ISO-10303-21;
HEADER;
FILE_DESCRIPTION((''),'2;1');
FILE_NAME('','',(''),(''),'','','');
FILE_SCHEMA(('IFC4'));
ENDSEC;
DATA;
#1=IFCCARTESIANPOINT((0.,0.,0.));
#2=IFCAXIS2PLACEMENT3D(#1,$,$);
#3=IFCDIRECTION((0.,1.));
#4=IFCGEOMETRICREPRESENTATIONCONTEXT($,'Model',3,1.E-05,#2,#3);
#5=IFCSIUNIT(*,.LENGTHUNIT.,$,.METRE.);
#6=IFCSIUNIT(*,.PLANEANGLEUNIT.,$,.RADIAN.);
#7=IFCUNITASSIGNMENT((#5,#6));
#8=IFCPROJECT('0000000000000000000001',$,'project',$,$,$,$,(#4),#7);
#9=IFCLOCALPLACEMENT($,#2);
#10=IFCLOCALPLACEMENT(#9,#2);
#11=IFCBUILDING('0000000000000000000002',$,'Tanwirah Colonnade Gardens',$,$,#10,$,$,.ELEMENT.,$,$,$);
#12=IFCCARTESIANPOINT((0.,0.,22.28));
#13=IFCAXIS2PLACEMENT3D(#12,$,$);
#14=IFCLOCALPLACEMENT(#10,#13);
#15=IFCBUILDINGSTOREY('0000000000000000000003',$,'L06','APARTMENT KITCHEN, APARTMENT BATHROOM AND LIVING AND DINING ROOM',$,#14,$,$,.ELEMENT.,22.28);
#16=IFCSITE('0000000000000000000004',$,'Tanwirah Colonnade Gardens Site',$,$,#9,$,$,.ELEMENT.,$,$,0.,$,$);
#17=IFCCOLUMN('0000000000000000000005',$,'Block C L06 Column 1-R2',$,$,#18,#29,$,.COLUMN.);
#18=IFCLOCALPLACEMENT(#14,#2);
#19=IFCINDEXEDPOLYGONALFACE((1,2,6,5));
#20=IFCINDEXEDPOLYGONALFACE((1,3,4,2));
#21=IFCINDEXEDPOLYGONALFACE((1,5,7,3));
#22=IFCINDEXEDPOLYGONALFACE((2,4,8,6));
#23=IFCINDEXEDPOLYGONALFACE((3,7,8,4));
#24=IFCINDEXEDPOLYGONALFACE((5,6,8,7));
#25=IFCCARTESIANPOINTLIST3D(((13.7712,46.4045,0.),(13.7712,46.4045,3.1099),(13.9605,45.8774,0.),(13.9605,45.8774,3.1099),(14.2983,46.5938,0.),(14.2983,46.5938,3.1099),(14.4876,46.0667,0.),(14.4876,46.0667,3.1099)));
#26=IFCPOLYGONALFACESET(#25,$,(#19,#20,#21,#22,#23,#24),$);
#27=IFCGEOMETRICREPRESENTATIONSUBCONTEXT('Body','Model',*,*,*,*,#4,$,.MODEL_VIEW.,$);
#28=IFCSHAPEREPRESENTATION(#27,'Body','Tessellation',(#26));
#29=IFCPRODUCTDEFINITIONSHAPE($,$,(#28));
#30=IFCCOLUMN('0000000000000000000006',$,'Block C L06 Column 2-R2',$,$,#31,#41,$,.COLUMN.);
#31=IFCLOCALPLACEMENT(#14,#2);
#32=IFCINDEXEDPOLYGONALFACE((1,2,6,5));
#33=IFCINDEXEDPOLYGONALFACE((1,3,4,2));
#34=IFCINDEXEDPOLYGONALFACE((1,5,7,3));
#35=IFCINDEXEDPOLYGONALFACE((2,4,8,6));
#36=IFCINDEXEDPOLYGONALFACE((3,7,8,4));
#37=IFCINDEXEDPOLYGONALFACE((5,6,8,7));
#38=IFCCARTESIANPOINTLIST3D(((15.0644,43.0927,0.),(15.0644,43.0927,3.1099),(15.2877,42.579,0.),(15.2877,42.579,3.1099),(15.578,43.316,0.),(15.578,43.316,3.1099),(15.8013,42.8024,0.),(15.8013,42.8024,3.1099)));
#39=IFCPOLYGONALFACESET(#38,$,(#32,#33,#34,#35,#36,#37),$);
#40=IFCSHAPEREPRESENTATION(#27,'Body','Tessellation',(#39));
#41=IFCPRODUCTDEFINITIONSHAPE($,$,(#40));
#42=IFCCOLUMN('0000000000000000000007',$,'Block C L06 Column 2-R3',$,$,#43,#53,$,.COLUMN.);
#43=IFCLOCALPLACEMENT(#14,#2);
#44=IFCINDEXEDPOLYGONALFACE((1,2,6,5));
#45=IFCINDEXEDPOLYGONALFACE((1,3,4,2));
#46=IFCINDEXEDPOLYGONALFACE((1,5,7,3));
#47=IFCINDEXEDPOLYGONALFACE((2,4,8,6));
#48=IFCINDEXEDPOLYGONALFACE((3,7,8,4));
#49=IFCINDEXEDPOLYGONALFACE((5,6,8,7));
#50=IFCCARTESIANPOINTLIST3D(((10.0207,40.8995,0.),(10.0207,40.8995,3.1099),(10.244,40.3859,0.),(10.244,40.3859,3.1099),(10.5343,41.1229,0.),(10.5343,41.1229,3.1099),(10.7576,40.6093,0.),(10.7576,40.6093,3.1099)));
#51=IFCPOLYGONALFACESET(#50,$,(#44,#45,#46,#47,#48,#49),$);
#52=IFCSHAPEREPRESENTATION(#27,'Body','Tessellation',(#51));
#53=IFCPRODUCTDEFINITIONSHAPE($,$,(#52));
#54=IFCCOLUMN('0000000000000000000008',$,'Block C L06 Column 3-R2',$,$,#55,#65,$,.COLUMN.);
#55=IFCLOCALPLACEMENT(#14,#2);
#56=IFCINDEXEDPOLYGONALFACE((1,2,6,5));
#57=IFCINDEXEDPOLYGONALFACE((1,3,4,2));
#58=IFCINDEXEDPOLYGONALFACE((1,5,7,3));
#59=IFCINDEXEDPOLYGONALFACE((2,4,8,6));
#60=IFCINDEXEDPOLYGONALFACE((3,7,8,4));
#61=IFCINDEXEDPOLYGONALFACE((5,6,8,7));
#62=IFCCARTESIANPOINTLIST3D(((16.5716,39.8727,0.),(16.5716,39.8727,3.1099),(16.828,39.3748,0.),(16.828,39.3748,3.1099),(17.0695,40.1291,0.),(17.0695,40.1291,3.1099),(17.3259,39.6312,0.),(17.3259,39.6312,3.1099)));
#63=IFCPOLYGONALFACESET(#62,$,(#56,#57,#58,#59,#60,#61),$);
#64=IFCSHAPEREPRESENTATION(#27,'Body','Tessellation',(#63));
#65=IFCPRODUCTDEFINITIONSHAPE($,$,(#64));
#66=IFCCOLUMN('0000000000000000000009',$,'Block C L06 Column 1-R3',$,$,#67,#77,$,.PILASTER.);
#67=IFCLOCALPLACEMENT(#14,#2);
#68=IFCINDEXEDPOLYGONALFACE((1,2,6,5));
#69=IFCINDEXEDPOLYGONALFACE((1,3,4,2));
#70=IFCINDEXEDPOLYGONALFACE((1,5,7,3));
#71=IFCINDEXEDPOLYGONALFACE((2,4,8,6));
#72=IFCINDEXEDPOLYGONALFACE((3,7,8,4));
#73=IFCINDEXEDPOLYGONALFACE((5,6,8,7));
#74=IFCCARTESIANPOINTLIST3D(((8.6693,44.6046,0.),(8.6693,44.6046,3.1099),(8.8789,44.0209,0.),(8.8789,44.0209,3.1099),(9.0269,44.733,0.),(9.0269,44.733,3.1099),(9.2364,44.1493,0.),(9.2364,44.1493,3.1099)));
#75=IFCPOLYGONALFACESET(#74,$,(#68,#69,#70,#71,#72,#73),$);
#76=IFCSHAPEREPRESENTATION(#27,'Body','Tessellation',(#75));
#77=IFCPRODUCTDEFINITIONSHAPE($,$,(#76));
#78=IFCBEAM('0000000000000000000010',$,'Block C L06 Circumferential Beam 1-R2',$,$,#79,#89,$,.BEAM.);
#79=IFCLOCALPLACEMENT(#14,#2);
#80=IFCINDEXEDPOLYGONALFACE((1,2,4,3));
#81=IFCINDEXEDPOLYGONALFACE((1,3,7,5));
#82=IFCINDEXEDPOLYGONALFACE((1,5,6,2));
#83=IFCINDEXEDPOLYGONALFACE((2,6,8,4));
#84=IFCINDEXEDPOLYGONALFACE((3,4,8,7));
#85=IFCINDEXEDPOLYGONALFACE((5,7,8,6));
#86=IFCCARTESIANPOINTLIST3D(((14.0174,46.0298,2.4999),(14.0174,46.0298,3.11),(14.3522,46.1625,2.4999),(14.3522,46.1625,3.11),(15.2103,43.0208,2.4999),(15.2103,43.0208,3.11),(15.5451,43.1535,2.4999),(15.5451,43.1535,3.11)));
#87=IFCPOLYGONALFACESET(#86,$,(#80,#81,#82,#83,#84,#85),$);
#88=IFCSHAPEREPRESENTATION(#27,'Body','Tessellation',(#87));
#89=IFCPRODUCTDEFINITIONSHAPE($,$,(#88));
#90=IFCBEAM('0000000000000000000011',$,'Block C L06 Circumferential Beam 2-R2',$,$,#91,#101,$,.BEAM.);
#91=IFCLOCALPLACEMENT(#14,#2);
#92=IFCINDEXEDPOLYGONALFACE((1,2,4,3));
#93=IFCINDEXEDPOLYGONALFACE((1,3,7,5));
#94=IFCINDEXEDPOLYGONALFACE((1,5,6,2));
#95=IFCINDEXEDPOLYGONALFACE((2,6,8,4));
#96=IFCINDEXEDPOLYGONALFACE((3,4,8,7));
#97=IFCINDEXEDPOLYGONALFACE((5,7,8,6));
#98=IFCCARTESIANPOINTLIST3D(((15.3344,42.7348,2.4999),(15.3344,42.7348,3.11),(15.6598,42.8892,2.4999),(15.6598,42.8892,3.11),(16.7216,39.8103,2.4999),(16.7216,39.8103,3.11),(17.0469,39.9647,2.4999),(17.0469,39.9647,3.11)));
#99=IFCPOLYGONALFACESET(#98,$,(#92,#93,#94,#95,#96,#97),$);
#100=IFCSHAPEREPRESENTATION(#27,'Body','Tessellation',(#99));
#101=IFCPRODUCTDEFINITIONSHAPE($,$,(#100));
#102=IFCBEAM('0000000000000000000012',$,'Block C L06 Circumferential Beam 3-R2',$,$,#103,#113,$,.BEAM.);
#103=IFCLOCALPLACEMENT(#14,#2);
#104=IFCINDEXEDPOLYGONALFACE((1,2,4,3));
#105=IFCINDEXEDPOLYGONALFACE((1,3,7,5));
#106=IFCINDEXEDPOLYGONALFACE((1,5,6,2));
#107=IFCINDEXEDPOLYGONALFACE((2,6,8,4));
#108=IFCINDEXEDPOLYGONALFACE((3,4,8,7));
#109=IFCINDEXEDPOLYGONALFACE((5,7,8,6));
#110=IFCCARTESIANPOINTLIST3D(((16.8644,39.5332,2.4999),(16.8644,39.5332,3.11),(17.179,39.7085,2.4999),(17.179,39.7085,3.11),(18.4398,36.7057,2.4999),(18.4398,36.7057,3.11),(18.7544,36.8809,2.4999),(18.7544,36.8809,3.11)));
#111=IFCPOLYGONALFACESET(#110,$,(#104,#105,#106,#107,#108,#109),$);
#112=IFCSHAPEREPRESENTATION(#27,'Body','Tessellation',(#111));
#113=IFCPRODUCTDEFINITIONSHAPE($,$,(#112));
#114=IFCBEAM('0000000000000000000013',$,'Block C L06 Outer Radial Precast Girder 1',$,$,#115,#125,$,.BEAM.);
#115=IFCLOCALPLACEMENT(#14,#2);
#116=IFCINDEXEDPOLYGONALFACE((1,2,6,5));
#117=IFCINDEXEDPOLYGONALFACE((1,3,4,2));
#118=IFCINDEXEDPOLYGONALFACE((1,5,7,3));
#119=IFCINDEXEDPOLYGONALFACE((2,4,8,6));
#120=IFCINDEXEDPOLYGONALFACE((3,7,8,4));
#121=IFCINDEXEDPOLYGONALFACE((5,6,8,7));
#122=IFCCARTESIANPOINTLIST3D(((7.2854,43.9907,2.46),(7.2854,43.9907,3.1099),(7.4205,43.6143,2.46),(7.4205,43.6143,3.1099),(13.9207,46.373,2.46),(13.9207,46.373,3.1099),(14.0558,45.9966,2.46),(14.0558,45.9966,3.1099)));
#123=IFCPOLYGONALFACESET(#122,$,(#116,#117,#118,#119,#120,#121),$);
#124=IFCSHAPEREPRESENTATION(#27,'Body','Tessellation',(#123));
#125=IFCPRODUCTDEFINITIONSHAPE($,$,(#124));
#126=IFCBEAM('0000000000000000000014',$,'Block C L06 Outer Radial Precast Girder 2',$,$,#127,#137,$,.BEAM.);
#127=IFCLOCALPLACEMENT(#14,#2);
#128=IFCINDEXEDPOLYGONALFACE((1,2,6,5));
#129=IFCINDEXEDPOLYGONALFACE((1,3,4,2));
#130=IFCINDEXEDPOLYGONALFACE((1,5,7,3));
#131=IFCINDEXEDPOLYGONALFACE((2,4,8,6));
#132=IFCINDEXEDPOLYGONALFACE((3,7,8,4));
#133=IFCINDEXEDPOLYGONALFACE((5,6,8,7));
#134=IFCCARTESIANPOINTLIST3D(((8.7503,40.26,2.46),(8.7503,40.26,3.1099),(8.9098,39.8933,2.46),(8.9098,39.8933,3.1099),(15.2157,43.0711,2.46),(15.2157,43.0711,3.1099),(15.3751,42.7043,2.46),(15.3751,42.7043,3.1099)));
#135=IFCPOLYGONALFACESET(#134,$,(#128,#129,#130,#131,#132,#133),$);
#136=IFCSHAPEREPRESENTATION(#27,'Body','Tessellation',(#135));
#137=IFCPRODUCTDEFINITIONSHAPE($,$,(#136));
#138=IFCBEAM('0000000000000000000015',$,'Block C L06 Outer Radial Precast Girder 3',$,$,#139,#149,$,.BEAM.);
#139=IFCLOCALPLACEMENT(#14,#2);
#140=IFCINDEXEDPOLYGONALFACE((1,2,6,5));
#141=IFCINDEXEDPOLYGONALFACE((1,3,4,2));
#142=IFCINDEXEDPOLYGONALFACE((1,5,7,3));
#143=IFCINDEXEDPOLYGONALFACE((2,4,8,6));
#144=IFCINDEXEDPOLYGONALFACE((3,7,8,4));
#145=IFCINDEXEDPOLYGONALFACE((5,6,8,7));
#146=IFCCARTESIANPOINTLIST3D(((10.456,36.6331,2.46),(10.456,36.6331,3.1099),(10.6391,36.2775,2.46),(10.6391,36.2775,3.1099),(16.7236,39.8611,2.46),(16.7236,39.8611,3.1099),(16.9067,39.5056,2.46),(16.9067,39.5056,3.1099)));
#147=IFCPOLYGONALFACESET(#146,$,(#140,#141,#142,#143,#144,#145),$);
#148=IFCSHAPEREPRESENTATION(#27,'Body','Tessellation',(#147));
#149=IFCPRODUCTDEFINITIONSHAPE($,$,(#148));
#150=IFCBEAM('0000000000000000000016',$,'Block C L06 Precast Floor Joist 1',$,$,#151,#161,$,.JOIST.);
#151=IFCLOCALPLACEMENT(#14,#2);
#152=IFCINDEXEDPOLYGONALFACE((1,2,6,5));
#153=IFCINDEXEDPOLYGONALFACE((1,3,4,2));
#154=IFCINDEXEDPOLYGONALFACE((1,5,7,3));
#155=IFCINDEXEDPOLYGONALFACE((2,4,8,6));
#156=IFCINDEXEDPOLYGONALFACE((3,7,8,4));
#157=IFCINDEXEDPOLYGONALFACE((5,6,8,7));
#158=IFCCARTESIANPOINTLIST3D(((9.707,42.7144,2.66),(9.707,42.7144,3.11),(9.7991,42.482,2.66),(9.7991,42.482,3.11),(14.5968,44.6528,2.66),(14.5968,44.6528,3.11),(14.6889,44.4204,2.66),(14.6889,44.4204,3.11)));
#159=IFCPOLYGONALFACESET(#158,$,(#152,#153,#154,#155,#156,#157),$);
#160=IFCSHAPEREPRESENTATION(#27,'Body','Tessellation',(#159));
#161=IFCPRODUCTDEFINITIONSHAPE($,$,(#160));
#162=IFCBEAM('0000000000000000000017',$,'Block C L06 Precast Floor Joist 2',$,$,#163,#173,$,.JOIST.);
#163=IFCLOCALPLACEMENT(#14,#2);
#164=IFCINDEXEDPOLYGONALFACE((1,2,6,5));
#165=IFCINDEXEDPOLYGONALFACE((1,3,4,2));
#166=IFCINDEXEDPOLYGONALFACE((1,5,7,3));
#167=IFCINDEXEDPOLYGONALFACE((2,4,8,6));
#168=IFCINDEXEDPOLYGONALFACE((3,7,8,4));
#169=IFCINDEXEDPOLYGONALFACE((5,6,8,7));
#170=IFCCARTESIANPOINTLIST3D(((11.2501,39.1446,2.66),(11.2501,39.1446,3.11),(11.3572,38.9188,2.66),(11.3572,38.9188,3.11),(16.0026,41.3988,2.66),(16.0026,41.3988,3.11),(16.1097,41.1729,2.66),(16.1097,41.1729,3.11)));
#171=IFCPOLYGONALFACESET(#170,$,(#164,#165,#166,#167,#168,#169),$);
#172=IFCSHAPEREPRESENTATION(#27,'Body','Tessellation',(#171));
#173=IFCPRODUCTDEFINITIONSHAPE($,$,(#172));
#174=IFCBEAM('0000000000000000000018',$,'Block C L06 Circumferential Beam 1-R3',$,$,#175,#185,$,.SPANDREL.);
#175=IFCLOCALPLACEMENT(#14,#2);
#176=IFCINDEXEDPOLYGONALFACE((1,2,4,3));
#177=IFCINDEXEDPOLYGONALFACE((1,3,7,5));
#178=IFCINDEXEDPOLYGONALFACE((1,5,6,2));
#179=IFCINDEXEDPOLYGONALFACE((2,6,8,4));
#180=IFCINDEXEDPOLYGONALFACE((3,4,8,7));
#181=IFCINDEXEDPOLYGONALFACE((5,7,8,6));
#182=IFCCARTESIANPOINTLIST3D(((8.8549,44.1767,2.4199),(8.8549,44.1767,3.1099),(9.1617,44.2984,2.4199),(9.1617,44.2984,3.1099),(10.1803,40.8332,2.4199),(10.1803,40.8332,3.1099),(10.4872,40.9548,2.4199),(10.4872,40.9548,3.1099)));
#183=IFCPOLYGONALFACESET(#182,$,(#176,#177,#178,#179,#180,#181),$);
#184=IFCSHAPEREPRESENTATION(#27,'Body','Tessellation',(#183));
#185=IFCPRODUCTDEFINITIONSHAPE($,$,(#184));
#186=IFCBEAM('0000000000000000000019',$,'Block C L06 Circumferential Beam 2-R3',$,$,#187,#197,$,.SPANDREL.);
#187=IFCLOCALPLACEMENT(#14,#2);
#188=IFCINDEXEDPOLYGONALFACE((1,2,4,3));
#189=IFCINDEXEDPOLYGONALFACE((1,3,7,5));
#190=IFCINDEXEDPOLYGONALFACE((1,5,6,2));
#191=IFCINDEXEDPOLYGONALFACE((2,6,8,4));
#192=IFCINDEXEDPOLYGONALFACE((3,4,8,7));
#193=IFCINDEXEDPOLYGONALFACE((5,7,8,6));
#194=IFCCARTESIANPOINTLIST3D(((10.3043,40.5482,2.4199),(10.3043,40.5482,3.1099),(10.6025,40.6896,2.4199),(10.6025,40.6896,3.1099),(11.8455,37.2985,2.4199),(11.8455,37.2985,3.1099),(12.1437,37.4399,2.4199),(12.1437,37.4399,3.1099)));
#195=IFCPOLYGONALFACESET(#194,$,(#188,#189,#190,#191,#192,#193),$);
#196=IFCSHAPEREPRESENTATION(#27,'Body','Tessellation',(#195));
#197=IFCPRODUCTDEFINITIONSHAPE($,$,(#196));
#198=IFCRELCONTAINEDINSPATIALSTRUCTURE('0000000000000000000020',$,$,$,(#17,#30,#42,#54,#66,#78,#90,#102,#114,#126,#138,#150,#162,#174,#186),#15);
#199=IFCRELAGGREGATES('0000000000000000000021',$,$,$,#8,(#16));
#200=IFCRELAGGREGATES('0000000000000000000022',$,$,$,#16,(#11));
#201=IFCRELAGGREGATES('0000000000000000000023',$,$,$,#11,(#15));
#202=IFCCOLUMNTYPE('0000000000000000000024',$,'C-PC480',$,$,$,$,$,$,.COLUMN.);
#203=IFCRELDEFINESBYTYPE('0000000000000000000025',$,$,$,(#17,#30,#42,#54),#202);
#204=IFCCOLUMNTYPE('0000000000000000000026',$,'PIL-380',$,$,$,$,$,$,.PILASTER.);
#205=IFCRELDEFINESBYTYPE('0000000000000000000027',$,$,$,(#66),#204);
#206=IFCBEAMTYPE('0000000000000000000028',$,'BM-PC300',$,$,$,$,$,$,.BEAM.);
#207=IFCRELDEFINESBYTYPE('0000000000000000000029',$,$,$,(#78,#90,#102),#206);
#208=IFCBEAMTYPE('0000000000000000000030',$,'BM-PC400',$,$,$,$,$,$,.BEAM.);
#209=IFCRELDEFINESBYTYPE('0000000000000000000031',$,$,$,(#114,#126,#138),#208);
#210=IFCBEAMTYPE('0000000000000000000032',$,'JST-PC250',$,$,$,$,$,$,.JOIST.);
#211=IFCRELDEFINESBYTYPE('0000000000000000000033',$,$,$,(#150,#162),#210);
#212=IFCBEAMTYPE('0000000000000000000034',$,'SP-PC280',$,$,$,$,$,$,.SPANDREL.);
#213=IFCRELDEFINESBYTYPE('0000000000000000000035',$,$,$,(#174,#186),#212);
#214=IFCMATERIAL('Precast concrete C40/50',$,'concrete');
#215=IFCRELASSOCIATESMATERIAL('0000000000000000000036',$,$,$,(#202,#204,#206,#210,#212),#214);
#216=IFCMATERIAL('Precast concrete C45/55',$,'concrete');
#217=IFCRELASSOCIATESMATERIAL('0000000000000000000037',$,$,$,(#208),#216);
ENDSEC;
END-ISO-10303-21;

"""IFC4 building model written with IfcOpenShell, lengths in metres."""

from ifc_helpers import new_model, si_unit, direction, frame, origin, origin_2d, place, context, subcontext, project, spatial, rectangle, extrude, material, material_profile, profile_set, type_object, element, save


model = new_model("IFC4")

# Units and contexts
model_context = context("Model", 3, precision=1e-05, world=origin(), true_north=direction((0.0, 1.0)))
body_context = subcontext(model_context, "Body", "Model", "MODEL_VIEW")
ifc_project = project(units=[si_unit("LENGTHUNIT", "METRE"), si_unit("PLANEANGLEUNIT", "RADIAN")], contexts=[model_context])

# Site, building, storey
site_placement = place(None, origin())
site = spatial("IfcSite", under=ifc_project, at=site_placement, Name="Tanwirah Colonnade Gardens Site", CompositionType="ELEMENT", RefElevation=0.0)
building_placement = place(site_placement, origin())
building = spatial("IfcBuilding", under=site, at=building_placement, Name="Tanwirah Colonnade Gardens", CompositionType="ELEMENT")
storey_placement = place(building_placement, frame((0.0, 0.0, 22.28)))
storey = spatial("IfcBuildingStorey", under=building, at=storey_placement, Name="L06", Description="APARTMENT KITCHEN, APARTMENT BATHROOM AND LIVING AND DINING ROOM", CompositionType="ELEMENT", Elevation=22.28)

# Columns
ifc_material_1 = material(Name="Precast concrete C40/50", Category="concrete")
ifc_material_profile_1 = material_profile(ifc_material_1, rectangle(XDim=0.5601, YDim=0.5601, at=origin_2d()), Name="PC-COL 560x560")
ifc_profile_set_1 = profile_set([ifc_material_profile_1], Name="Precast concrete C40/50")
column_type_1 = type_object("IfcColumnType", Name="C-PC480", PredefinedType="COLUMN", material=ifc_profile_set_1)
for number, where, z_axis, x_axis, name in (
    (1, (14.1294, 46.2356, 0.0), (0.0, 0.0, 1.0), (-0.941176, -0.337917, 0.0), "Block C L06 Column 1-R2"),
    (2, (15.4329, 42.9475, 0.0), (0.0, 0.0, 1.0), (-0.91706, -0.398749, 0.0), "Block C L06 Column 2-R2"),
    (3, (10.3892, 40.7544, 0.0), (0.0, 0.0, 1.0), (-0.91706, -0.398749, 0.0), "Block C L06 Column 2-R3"),
    (4, (16.9487, 39.752, 0.0), (0.0, 0.0, 1.0), (-0.889017, -0.457874, 0.0), "Block C L06 Column 3-R2"),
):
    element("IfcColumn", number, at=place(storey_placement, frame(where, z_axis=z_axis, x_axis=x_axis)), inside=storey, type_object=column_type_1, Name=name, PredefinedType="COLUMN", context=body_context, shape_type="SweptSolid", body=[
        extrude(rectangle(XDim=0.5601, YDim=0.5601, at=origin_2d()), origin(), (0.0, 0.0, 1.0), 3.1099),
    ])
ifc_material_profile_2 = material_profile(ifc_material_1, rectangle(XDim=0.3799, YDim=0.6201, at=origin_2d()), Name="PC-PIL 380x620")
ifc_profile_set_2 = profile_set([ifc_material_profile_2], Name="Precast concrete C40/50")
column_type_2 = type_object("IfcColumnType", Name="PIL-380", PredefinedType="PILASTER", material=ifc_profile_set_2)
column_placement = place(storey_placement, frame((8.9529, 44.377, 0.0), z_axis=(0.0, 0.0, 1.0), x_axis=(-0.941176, -0.337917, 0.0)))
element("IfcColumn", 5, at=column_placement, inside=storey, type_object=column_type_2, Name="Block C L06 Column 1-R3", PredefinedType="PILASTER", context=body_context, shape_type="SweptSolid", body=[
    extrude(rectangle(XDim=0.3799, YDim=0.6201, at=origin_2d()), origin(), (0.0, 0.0, 1.0), 3.1099),
])

# Beams
ifc_material_profile_3 = material_profile(ifc_material_1, rectangle(XDim=0.3601, YDim=0.6101, at=origin_2d()), Name="PC-BM 360x610")
ifc_profile_set_3 = profile_set([ifc_material_profile_3], Name="Precast concrete C40/50")
beam_type_1 = type_object("IfcBeamType", Name="BM-PC300", PredefinedType="BEAM", material=ifc_profile_set_3)
for number, where, z_axis, x_axis, name in (
    (6, (14.1848, 46.0962, 2.8049), (0.368528, -0.929617, 0.0), (0.929617, 0.368528, 0.0), "Block C L06 Circumferential Beam 1-R2"),
    (7, (15.4971, 42.812, 2.8049), (0.428563, -0.903512, 0.0), (0.903512, 0.428563, 0.0), "Block C L06 Circumferential Beam 2-R2"),
    (8, (17.0217, 39.6208, 2.8049), (0.486712, -0.873562, 0.0), (0.873562, 0.486712, 0.0), "Block C L06 Circumferential Beam 3-R2"),
):
    element("IfcBeam", number, at=place(storey_placement, frame(where, z_axis=z_axis, x_axis=x_axis)), inside=storey, type_object=beam_type_1, Name=name, PredefinedType="BEAM", context=body_context, shape_type="SweptSolid", body=[
        extrude(rectangle(XDim=0.3601, YDim=0.6101, at=origin_2d()), origin(), (0.0, 0.0, 1.0), 3.2368),
    ])
ifc_material_2 = material(Name="Precast concrete C45/55", Category="concrete")
ifc_material_profile_4 = material_profile(ifc_material_2, rectangle(XDim=0.3999, YDim=0.6499, at=origin_2d()), Name="PC-BM 400x650")
ifc_profile_set_4 = profile_set([ifc_material_profile_4], Name="Precast concrete C45/55")
beam_type_2 = type_object("IfcBeamType", Name="BM-PC400", PredefinedType="BEAM", material=ifc_profile_set_4)
for number, where, z_axis, x_axis, name in (
    (9, (13.9883, 46.1848, 2.7849), (-0.941175, -0.33792, 0.0), (0.33792, -0.941175, 0.0), "Block C L06 Outer Radial Precast Girder 1"),
    (10, (15.2954, 42.8877, 2.7849), (-0.917069, -0.398729, 0.0), (0.398729, -0.917069, 0.0), "Block C L06 Outer Radial Precast Girder 2"),
    (11, (16.8152, 39.6833, 2.7849), (-0.889016, -0.457875, 0.0), (0.457875, -0.889016, 0.0), "Block C L06 Outer Radial Precast Girder 3"),
):
    element("IfcBeam", number, at=place(storey_placement, frame(where, z_axis=z_axis, x_axis=x_axis)), inside=storey, type_object=beam_type_2, Name=name, PredefinedType="BEAM", context=body_context, shape_type="SweptSolid", body=[
        extrude(rectangle(XDim=0.3999, YDim=0.6499, at=origin_2d()), origin(), (0.0, 0.0, 1.0), 7.05),
    ])
ifc_material_profile_5 = material_profile(ifc_material_1, rectangle(XDim=0.25, YDim=0.45, at=origin_2d()), Name="PC-JST 250x450")
ifc_profile_set_5 = profile_set([ifc_material_profile_5], Name="Precast concrete C40/50")
beam_type_3 = type_object("IfcBeamType", Name="JST-PC250", PredefinedType="JOIST", material=ifc_profile_set_5)
for number, where, z_axis, x_axis, name in (
    (12, (14.6428, 44.5366, 2.885), (-0.929618, -0.368524, 0.0), (0.368524, -0.929618, 0.0), "Block C L06 Precast Floor Joist 1"),
    (13, (16.0562, 41.2859, 2.885), (-0.903518, -0.428551, 0.0), (0.428551, -0.903518, 0.0), "Block C L06 Precast Floor Joist 2"),
):
    element("IfcBeam", number, at=place(storey_placement, frame(where, z_axis=z_axis, x_axis=x_axis)), inside=storey, type_object=beam_type_3, Name=name, PredefinedType="JOIST", context=body_context, shape_type="SweptSolid", body=[
        extrude(rectangle(XDim=0.25, YDim=0.45, at=origin_2d()), origin(), (0.0, 0.0, 1.0), 5.26),
    ])
ifc_material_profile_6 = material_profile(ifc_material_1, rectangle(XDim=0.3301, YDim=0.6899, at=origin_2d()), Name="PC-SP 330x690")
ifc_profile_set_6 = profile_set([ifc_material_profile_6], Name="Precast concrete C40/50")
beam_type_4 = type_object("IfcBeamType", Name="SP-PC280", PredefinedType="SPANDREL", material=ifc_profile_set_6)
for number, where, z_axis, x_axis, name in (
    (14, (9.0083, 44.2375, 2.7649), (0.368522, -0.929619, 0.0), (0.929619, 0.368522, 0.0), "Block C L06 Circumferential Beam 1-R3"),
    (15, (10.4534, 40.6189, 2.7649), (0.428518, -0.903533, 0.0), (0.903533, 0.428518, 0.0), "Block C L06 Circumferential Beam 2-R3"),
):
    element("IfcBeam", number, at=place(storey_placement, frame(where, z_axis=z_axis, x_axis=x_axis)), inside=storey, type_object=beam_type_4, Name=name, PredefinedType="SPANDREL", context=body_context, shape_type="SweptSolid", body=[
        extrude(rectangle(XDim=0.3301, YDim=0.6899, at=origin_2d()), origin(), (0.0, 0.0, 1.0), 3.5967),
    ])

save(model, "model.ifc")
